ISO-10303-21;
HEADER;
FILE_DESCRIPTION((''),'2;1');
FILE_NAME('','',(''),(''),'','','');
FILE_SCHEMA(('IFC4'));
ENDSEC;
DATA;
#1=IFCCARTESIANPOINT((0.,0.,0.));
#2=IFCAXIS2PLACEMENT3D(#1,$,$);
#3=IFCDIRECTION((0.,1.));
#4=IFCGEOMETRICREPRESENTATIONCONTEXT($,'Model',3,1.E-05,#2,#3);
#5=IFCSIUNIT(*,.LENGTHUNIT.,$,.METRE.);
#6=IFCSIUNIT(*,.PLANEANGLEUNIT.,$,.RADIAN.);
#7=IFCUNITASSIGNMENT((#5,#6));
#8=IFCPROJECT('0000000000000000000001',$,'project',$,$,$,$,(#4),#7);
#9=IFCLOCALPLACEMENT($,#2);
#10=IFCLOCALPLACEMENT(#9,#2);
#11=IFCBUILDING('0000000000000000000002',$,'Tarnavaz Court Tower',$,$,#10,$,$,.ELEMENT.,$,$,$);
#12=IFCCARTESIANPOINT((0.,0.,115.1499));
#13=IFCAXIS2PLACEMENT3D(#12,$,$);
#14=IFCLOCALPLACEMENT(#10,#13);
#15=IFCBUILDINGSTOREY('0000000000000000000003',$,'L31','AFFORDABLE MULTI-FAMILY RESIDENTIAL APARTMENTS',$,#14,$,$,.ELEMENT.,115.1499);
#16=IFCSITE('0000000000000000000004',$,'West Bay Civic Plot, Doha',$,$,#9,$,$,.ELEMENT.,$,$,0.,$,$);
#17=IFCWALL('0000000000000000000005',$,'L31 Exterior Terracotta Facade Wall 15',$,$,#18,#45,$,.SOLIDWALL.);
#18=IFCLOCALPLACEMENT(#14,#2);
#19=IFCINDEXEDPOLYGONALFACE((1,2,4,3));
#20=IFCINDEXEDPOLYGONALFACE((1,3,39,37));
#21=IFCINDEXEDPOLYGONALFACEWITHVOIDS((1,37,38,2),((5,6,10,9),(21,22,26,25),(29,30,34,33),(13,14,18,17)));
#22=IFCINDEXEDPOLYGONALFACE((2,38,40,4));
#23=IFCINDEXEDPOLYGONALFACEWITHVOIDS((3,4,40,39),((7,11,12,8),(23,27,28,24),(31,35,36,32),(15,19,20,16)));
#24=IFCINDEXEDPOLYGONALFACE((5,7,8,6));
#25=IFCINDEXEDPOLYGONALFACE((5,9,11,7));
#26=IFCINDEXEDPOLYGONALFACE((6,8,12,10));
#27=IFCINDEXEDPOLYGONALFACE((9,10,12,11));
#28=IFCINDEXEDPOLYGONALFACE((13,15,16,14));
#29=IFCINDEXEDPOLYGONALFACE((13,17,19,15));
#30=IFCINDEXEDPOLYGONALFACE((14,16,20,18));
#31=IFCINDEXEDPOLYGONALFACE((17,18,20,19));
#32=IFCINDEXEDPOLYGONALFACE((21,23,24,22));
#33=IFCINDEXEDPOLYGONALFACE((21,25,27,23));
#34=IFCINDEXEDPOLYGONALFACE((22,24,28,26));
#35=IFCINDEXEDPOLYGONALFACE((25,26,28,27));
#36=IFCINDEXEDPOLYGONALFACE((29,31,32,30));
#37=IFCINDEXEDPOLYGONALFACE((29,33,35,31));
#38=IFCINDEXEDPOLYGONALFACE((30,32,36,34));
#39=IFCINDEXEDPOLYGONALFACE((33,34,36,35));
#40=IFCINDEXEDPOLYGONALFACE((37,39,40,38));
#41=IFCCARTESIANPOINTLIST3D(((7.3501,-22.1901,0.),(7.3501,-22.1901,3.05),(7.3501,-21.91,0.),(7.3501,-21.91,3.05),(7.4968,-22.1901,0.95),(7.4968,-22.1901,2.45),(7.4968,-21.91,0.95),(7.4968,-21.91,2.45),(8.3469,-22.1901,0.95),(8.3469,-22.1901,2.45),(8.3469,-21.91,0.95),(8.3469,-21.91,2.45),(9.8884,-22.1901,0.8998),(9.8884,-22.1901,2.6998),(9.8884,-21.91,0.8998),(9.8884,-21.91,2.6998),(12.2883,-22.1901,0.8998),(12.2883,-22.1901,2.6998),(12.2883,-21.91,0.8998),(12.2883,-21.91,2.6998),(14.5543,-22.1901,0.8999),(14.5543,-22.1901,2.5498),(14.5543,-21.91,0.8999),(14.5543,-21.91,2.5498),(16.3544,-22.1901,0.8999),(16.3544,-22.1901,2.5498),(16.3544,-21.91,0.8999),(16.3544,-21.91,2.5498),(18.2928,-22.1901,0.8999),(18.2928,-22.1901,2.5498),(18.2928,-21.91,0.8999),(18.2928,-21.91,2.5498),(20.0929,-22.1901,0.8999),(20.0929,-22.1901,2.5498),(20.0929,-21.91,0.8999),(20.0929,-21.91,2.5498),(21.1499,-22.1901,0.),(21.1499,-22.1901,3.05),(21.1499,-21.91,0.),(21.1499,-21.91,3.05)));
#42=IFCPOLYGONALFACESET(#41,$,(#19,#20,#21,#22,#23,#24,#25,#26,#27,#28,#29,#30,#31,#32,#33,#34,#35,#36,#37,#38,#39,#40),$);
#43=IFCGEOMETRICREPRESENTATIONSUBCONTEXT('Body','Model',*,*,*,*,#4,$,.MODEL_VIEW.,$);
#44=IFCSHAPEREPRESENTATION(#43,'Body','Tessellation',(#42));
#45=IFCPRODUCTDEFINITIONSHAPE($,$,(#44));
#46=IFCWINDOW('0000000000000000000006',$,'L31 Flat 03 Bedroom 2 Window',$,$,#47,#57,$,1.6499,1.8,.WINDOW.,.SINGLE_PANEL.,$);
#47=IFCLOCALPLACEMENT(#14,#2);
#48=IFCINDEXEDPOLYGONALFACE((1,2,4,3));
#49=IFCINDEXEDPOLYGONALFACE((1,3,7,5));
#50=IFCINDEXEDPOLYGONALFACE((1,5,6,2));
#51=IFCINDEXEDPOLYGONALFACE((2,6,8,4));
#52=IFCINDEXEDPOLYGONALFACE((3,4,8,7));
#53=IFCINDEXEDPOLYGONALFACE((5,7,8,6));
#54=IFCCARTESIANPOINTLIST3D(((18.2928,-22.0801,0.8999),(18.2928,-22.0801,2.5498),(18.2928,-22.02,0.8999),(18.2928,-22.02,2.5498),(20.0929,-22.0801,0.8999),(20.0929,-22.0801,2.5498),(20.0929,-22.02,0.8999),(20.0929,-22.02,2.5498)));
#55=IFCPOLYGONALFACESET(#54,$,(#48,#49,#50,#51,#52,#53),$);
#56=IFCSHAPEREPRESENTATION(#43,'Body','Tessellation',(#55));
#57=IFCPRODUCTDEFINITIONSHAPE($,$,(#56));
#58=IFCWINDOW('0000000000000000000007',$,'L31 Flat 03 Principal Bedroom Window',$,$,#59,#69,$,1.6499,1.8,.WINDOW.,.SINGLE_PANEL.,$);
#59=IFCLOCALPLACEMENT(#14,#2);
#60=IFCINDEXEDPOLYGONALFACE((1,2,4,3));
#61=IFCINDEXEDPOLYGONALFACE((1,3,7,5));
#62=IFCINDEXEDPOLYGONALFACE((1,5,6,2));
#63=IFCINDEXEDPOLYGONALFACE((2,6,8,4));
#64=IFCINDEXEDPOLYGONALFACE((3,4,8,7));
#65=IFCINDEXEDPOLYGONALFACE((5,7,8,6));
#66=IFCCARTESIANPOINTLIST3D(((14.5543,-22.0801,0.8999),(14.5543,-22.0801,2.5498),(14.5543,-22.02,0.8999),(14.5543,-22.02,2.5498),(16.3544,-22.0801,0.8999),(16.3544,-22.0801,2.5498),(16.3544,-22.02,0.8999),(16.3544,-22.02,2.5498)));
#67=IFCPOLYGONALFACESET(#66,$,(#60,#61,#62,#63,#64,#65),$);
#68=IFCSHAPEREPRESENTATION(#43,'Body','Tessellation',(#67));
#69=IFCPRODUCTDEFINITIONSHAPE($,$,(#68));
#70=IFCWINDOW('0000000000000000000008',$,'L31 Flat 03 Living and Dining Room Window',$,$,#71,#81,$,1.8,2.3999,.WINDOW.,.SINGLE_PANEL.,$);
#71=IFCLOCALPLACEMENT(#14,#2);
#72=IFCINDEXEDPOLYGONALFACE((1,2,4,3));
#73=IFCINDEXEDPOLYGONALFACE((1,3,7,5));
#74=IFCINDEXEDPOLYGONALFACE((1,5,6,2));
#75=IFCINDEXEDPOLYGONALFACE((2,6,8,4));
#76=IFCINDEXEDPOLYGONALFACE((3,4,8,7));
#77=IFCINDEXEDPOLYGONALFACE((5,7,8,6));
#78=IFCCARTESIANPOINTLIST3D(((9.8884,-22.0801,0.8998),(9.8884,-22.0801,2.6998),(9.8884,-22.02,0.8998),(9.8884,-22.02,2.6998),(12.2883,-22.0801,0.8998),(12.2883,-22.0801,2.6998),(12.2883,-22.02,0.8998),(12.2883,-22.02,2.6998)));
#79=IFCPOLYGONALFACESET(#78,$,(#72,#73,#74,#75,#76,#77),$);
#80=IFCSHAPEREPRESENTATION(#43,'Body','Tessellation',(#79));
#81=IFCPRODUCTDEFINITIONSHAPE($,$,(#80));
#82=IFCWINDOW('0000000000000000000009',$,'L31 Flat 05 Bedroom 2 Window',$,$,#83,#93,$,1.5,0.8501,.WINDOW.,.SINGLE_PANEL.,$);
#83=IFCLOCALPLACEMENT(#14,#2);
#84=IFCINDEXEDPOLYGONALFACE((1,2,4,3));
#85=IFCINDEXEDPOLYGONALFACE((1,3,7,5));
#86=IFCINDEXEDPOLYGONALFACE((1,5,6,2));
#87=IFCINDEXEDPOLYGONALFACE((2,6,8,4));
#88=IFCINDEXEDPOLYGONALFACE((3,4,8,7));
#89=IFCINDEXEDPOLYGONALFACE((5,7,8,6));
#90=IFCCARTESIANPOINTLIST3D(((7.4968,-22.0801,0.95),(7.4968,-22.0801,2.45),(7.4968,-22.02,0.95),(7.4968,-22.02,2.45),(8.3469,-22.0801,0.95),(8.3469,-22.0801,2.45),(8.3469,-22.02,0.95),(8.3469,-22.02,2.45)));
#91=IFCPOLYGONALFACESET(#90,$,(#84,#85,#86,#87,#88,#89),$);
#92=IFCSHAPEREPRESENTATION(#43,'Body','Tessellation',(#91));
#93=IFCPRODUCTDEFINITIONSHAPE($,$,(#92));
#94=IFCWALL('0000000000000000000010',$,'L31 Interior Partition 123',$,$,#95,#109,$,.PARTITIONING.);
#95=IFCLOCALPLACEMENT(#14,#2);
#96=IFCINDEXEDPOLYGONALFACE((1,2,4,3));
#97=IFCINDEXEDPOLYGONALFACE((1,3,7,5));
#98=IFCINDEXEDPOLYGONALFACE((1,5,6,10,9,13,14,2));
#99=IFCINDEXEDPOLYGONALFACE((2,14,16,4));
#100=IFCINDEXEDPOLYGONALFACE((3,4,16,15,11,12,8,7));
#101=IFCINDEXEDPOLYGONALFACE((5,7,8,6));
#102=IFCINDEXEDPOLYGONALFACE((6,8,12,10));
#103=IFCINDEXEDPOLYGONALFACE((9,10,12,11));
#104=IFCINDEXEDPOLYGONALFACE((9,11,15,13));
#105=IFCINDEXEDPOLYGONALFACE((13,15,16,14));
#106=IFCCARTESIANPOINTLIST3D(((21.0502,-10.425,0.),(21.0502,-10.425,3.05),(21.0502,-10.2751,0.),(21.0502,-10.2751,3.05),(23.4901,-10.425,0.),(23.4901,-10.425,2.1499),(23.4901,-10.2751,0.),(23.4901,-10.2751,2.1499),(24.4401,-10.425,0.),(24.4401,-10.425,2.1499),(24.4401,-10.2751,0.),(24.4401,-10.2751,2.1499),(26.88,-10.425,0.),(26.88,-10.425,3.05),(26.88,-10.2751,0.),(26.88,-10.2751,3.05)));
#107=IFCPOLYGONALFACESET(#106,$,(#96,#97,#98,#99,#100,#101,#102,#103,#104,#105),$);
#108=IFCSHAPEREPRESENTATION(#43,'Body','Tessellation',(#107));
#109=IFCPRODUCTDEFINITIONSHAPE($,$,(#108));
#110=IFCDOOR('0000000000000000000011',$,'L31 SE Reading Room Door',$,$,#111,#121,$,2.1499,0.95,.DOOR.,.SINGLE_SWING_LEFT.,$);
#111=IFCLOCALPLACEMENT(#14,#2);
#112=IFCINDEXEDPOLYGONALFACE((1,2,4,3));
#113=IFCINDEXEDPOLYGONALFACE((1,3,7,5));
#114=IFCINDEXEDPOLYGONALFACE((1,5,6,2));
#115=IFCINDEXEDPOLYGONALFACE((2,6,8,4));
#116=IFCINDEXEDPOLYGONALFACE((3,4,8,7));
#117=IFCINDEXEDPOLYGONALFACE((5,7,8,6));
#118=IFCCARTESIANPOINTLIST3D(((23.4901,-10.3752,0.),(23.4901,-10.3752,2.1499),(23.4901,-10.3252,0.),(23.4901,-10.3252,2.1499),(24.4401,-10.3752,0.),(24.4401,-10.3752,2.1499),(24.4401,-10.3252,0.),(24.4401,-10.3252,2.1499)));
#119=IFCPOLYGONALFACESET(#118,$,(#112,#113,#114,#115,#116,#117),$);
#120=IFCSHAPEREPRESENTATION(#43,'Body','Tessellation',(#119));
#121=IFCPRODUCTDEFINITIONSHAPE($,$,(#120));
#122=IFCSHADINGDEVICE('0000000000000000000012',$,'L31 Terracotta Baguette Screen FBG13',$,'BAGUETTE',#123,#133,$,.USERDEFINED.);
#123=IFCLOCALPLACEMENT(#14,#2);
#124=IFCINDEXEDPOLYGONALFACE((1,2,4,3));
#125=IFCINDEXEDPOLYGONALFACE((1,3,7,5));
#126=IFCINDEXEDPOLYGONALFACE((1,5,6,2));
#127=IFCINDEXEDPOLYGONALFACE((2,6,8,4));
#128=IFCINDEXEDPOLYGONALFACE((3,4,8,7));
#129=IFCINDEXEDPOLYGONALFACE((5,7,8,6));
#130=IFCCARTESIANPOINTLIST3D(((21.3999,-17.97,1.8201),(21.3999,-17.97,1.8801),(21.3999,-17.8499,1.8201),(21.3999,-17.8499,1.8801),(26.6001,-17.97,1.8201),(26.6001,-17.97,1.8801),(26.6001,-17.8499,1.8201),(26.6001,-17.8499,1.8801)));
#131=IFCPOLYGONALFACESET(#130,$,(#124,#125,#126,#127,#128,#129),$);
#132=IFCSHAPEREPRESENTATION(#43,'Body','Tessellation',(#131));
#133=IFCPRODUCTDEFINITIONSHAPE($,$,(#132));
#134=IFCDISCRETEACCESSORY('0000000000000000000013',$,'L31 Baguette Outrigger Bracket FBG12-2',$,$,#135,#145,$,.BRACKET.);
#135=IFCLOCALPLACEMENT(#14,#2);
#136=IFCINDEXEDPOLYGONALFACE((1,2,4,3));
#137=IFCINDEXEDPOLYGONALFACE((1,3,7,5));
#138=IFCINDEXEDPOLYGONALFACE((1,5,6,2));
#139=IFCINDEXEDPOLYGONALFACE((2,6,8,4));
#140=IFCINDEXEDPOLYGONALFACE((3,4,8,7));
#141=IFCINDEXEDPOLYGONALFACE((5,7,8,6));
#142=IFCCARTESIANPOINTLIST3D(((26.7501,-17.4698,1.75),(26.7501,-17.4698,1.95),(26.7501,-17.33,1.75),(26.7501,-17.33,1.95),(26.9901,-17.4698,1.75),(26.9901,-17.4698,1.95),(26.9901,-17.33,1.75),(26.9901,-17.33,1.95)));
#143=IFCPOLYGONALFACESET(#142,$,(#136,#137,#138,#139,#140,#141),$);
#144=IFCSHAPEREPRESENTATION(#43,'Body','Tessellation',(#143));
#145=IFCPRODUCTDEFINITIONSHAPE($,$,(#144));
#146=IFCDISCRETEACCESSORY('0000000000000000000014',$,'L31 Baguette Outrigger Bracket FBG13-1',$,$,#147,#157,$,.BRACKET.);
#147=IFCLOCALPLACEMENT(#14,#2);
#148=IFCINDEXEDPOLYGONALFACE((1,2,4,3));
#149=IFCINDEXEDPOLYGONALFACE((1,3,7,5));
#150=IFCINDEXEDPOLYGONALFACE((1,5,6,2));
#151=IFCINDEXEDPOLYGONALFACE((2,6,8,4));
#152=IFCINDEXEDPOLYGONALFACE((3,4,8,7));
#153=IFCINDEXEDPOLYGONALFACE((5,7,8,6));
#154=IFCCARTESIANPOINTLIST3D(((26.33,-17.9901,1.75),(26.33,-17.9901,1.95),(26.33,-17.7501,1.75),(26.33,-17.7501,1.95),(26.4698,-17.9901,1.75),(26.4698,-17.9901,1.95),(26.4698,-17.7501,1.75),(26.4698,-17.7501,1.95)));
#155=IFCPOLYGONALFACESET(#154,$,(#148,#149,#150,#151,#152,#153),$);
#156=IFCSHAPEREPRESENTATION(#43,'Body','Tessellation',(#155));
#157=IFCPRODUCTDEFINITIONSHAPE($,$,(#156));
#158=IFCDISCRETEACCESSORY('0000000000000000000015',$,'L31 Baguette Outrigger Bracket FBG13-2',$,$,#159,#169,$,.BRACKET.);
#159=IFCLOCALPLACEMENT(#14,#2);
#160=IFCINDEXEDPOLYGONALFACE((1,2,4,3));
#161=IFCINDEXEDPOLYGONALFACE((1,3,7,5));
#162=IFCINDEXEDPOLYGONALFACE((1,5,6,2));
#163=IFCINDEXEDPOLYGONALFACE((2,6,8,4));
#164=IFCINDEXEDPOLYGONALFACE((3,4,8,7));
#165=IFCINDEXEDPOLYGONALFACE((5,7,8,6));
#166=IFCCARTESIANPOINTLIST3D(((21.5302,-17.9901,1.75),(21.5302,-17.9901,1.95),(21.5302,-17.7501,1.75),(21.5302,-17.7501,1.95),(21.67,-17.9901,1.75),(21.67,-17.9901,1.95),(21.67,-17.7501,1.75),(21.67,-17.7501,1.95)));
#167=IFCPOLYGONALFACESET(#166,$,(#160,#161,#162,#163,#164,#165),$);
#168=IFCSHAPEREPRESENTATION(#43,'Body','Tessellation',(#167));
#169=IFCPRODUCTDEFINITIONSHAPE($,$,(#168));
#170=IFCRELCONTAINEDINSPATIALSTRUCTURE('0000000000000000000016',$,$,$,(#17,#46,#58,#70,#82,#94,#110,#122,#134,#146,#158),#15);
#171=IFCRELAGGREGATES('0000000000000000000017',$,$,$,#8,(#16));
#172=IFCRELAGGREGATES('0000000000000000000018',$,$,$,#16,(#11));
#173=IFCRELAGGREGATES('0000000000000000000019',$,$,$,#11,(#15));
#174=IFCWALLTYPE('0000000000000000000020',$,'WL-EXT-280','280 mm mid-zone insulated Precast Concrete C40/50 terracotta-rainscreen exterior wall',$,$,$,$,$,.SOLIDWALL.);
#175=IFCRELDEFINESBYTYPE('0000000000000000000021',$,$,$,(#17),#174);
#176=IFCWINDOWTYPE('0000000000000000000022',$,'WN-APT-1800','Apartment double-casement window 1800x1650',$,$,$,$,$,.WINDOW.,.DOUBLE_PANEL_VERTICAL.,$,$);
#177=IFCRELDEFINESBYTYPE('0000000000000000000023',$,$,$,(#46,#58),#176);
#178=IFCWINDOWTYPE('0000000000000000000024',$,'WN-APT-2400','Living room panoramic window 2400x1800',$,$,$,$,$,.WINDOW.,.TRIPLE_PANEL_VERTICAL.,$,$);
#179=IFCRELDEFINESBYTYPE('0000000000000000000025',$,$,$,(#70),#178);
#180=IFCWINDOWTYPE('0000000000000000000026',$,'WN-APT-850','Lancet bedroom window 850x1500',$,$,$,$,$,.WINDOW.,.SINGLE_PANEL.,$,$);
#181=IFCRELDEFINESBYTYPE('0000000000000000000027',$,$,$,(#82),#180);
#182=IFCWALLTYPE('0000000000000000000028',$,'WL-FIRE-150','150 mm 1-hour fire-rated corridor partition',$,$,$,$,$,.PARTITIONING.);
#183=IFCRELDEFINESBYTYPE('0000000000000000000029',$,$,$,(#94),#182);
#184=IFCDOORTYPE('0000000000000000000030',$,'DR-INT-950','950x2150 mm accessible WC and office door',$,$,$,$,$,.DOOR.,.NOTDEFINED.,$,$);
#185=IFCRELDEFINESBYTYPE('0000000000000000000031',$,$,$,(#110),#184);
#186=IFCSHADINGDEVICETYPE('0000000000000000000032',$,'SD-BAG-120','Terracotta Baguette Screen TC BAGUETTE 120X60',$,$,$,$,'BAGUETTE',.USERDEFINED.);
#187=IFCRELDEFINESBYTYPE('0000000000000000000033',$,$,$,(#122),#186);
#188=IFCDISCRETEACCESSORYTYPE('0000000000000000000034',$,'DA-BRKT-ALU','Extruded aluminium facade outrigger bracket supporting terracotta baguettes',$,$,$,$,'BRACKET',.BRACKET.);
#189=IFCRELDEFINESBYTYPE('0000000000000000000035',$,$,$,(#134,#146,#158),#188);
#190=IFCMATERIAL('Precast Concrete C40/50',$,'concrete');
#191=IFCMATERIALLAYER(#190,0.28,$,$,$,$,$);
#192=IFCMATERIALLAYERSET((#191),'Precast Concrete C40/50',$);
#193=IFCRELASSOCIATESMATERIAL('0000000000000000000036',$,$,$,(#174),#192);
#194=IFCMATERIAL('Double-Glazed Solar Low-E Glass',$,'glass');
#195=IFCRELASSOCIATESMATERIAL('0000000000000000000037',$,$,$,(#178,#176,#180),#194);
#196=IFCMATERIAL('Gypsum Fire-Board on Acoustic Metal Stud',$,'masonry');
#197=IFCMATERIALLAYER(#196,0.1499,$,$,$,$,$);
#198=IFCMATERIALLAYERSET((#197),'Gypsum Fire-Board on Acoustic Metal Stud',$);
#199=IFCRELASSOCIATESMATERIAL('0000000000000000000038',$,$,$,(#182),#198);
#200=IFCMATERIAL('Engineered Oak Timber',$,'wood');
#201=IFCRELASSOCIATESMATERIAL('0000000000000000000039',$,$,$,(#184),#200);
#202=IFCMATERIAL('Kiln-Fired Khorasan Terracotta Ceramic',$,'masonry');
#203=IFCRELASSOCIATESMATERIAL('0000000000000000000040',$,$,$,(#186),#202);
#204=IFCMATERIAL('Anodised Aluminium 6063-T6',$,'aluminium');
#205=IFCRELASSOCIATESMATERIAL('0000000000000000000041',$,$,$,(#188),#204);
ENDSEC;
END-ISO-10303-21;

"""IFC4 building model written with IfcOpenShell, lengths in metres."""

from ifc_helpers import new_model, si_unit, direction, frame, frame_2d, origin, origin_2d, place, context, subcontext, project, spatial, rectangle, extrude, material, layer, layer_set, material_profile, profile_set, type_object, element, fill, save


model = new_model("IFC4")

# Units and contexts
model_context = context("Model", 3, precision=1e-05, world=origin(), true_north=direction((0.0, 1.0)))
body_context = subcontext(model_context, "Body", "Model", "MODEL_VIEW")
ifc_project = project(units=[si_unit("LENGTHUNIT", "METRE"), si_unit("PLANEANGLEUNIT", "RADIAN")], contexts=[model_context])

# Site, building, storey
site_placement = place(None, origin())
site = spatial("IfcSite", under=ifc_project, at=site_placement, Name="West Bay Civic Plot, Doha", CompositionType="ELEMENT", RefElevation=0.0)
building_placement = place(site_placement, origin())
building = spatial("IfcBuilding", under=site, at=building_placement, Name="Tarnavaz Court Tower", CompositionType="ELEMENT")
storey_placement = place(building_placement, frame((0.0, 0.0, 115.1499)))
storey = spatial("IfcBuildingStorey", under=building, at=storey_placement, Name="L31", Description="AFFORDABLE MULTI-FAMILY RESIDENTIAL APARTMENTS", CompositionType="ELEMENT", Elevation=115.1499)

# Shared definitions
ifc_material_1 = material(Name="Precast Concrete C40/50", Category="concrete")
ifc_layer_1 = layer(ifc_material_1, 0.28)
ifc_layer_set_1 = layer_set([ifc_layer_1], Name="Precast Concrete C40/50")
wall_type_1 = type_object("IfcWallType", Name="WL-EXT-280", Description="280 mm mid-zone insulated Precast Concrete C40/50 terracotta-rainscreen exterior wall", PredefinedType="SOLIDWALL", material=ifc_layer_set_1)
ifc_material_2 = material(Name="Double-Glazed Solar Low-E Glass", Category="glass")
window_type_1 = type_object("IfcWindowType", Name="WN-APT-2400", Description="Living room panoramic window 2400x1800", PartitioningType="TRIPLE_PANEL_VERTICAL", PredefinedType="WINDOW", material=ifc_material_2)
window_type_2 = type_object("IfcWindowType", Name="WN-APT-1800", Description="Apartment double-casement window 1800x1650", PartitioningType="DOUBLE_PANEL_VERTICAL", PredefinedType="WINDOW", material=ifc_material_2)

# Wall, openings, windows
wall_1_placement = place(storey_placement, frame((21.1499, -22.05, 0.0), z_axis=(0.0, 0.0, 1.0), x_axis=(-1.0, 0.0, 0.0)))
wall_1 = element("IfcWall", 1, at=wall_1_placement, inside=storey, type_object=wall_type_1, Name="L31 Exterior Terracotta Facade Wall 15", PredefinedType="SOLIDWALL", context=body_context, shape_type="SweptSolid", body=[
    extrude(rectangle(XDim=13.7998, YDim=0.28, at=frame_2d((6.8999, 0.0))), origin(), (0.0, 0.0, 1.0), 3.05),
])
opening_1_placement = place(wall_1_placement, frame((1.0571, 0.0, 0.8999)))
opening_1 = element("IfcOpeningElement", 2, at=opening_1_placement, cuts=wall_1, PredefinedType="OPENING", context=body_context, shape_type="SweptSolid", body=[
    extrude(rectangle(XDim=1.8, YDim=1.6499, at=frame_2d((0.8999, 0.825))), frame((0.0, 0.1499, 0.0), z_axis=(0.0, -1.0, 0.0), x_axis=(1.0, 0.0, 0.0)), (0.0, 0.0, 1.0), 0.3),
])
opening_2_placement = place(wall_1_placement, frame((4.7957, 0.0, 0.8999)))
opening_2 = element("IfcOpeningElement", 3, at=opening_2_placement, cuts=wall_1, PredefinedType="OPENING", context=body_context, shape_type="SweptSolid", body=[
    extrude(rectangle(XDim=1.8, YDim=1.6499, at=frame_2d((0.8999, 0.825))), frame((0.0, 0.1499, 0.0), z_axis=(0.0, -1.0, 0.0), x_axis=(1.0, 0.0, 0.0)), (0.0, 0.0, 1.0), 0.3),
])
opening_3_placement = place(wall_1_placement, frame((8.8616, 0.0, 0.8999)))
opening_3 = element("IfcOpeningElement", 4, at=opening_3_placement, cuts=wall_1, PredefinedType="OPENING", context=body_context, shape_type="SweptSolid", body=[
    extrude(rectangle(XDim=2.3999, YDim=1.8, at=frame_2d((1.2, 0.8999))), frame((0.0, 0.1499, 0.0), z_axis=(0.0, -1.0, 0.0), x_axis=(1.0, 0.0, 0.0)), (0.0, 0.0, 1.0), 0.3),
])
opening_4_placement = place(wall_1_placement, frame((12.803, 0.0, 0.95)))
opening_4 = element("IfcOpeningElement", 5, at=opening_4_placement, cuts=wall_1, PredefinedType="OPENING", context=body_context, shape_type="SweptSolid", body=[
    extrude(rectangle(XDim=0.8501, YDim=1.5, at=frame_2d((0.425, 0.75))), frame((0.0, 0.1499, 0.0), z_axis=(0.0, -1.0, 0.0), x_axis=(1.0, 0.0, 0.0)), (0.0, 0.0, 1.0), 0.3),
])
window_1_placement = place(opening_1_placement, origin())
window_1 = element("IfcWindow", 6, at=window_1_placement, inside=storey, type_object=window_type_2, Name="L31 Flat 03 Bedroom 2 Window", OverallHeight=1.6499, OverallWidth=1.8, PartitioningType="SINGLE_PANEL", PredefinedType="WINDOW", context=body_context, shape_type="SweptSolid", body=[
    extrude(rectangle(XDim=1.8, YDim=1.6499, at=frame_2d((0.8999, 0.825))), frame((0.0, 0.03, 0.0), z_axis=(0.0, -1.0, 0.0), x_axis=(1.0, 0.0, 0.0)), (0.0, 0.0, 1.0), 0.0601),
])
fill(opening_1, window_1)
window_2_placement = place(opening_2_placement, origin())
window_2 = element("IfcWindow", 7, at=window_2_placement, inside=storey, type_object=window_type_2, Name="L31 Flat 03 Principal Bedroom Window", OverallHeight=1.6499, OverallWidth=1.8, PartitioningType="SINGLE_PANEL", PredefinedType="WINDOW", context=body_context, shape_type="SweptSolid", body=[
    extrude(rectangle(XDim=1.8, YDim=1.6499, at=frame_2d((0.8999, 0.825))), frame((0.0, 0.03, 0.0), z_axis=(0.0, -1.0, 0.0), x_axis=(1.0, 0.0, 0.0)), (0.0, 0.0, 1.0), 0.0601),
])
fill(opening_2, window_2)
window_3_placement = place(opening_3_placement, origin())
window_3 = element("IfcWindow", 8, at=window_3_placement, inside=storey, type_object=window_type_1, Name="L31 Flat 03 Living and Dining Room Window", OverallHeight=1.8, OverallWidth=2.3999, PartitioningType="SINGLE_PANEL", PredefinedType="WINDOW", context=body_context, shape_type="SweptSolid", body=[
    extrude(rectangle(XDim=2.3999, YDim=1.8, at=frame_2d((1.2, 0.8999))), frame((0.0, 0.03, 0.0), z_axis=(0.0, -1.0, 0.0), x_axis=(1.0, 0.0, 0.0)), (0.0, 0.0, 1.0), 0.0601),
])
fill(opening_3, window_3)
window_type_3 = type_object("IfcWindowType", Name="WN-APT-850", Description="Lancet bedroom window 850x1500", PartitioningType="SINGLE_PANEL", PredefinedType="WINDOW", material=ifc_material_2)
window_4_placement = place(opening_4_placement, origin())
window_4 = element("IfcWindow", 9, at=window_4_placement, inside=storey, type_object=window_type_3, Name="L31 Flat 05 Bedroom 2 Window", OverallHeight=1.5, OverallWidth=0.8501, PartitioningType="SINGLE_PANEL", PredefinedType="WINDOW", context=body_context, shape_type="SweptSolid", body=[
    extrude(rectangle(XDim=0.8501, YDim=1.5, at=frame_2d((0.425, 0.75))), frame((0.0, 0.03, 0.0), z_axis=(0.0, -1.0, 0.0), x_axis=(1.0, 0.0, 0.0)), (0.0, 0.0, 1.0), 0.0601),
])
fill(opening_4, window_4)

# Wall, opening, door
ifc_material_3 = material(Name="Gypsum Fire-Board on Acoustic Metal Stud", Category="masonry")
ifc_layer_2 = layer(ifc_material_3, 0.1499)
ifc_layer_set_2 = layer_set([ifc_layer_2], Name="Gypsum Fire-Board on Acoustic Metal Stud")
wall_type_2 = type_object("IfcWallType", Name="WL-FIRE-150", Description="150 mm 1-hour fire-rated corridor partition", PredefinedType="PARTITIONING", material=ifc_layer_set_2)
wall_2_placement = place(storey_placement, frame((21.05, -10.3501, 0.0), z_axis=(0.0, 0.0, 1.0), x_axis=(1.0, 0.0, 0.0)))
wall_2 = element("IfcWall", 10, at=wall_2_placement, inside=storey, type_object=wall_type_2, Name="L31 Interior Partition 123", PredefinedType="PARTITIONING", context=body_context, shape_type="SweptSolid", body=[
    extrude(rectangle(XDim=5.8298, YDim=0.1499, at=frame_2d((2.915, 0.0))), origin(), (0.0, 0.0, 1.0), 3.05),
])
opening_5_placement = place(wall_2_placement, frame((2.4399, 0.0, 0.0)))
opening_5 = element("IfcOpeningElement", 11, at=opening_5_placement, cuts=wall_2, PredefinedType="OPENING", context=body_context, shape_type="SweptSolid", body=[
    extrude(rectangle(XDim=0.95, YDim=2.1499, at=frame_2d((0.4751, 1.075))), frame((0.0, 0.085, 0.0), z_axis=(0.0, -1.0, 0.0), x_axis=(1.0, 0.0, 0.0)), (0.0, 0.0, 1.0), 0.1699),
])
ifc_material_4 = material(Name="Engineered Oak Timber", Category="wood")
door_type = type_object("IfcDoorType", Name="DR-INT-950", Description="950x2150 mm accessible WC and office door", OperationType="NOTDEFINED", PredefinedType="DOOR", material=ifc_material_4)
door_placement = place(opening_5_placement, origin())
door = element("IfcDoor", 12, at=door_placement, inside=storey, type_object=door_type, Name="L31 SE Reading Room Door", OperationType="SINGLE_SWING_LEFT", OverallHeight=2.1499, OverallWidth=0.95, PredefinedType="DOOR", context=body_context, shape_type="SweptSolid", body=[
    extrude(rectangle(XDim=0.95, YDim=2.1499, at=frame_2d((0.4751, 1.075))), frame((0.0, 0.0249, 0.0), z_axis=(0.0, -1.0, 0.0), x_axis=(1.0, 0.0, 0.0)), (0.0, 0.0, 1.0), 0.05),
])
fill(opening_5, door)

# Shading device
ifc_material_5 = material(Name="Kiln-Fired Khorasan Terracotta Ceramic", Category="masonry")
ifc_material_profile_1 = material_profile(ifc_material_5, rectangle(XDim=0.1201, YDim=0.0601, at=origin_2d()), Name="TC BAGUETTE 120X60")
ifc_profile_set_1 = profile_set([ifc_material_profile_1], Name="Kiln-Fired Khorasan Terracotta Ceramic")
shading_device_type = type_object("IfcShadingDeviceType", Name="SD-BAG-120", Description="Terracotta Baguette Screen TC BAGUETTE 120X60", ElementType="BAGUETTE", PredefinedType="USERDEFINED", material=ifc_profile_set_1)
shading_device_placement = place(storey_placement, frame((26.6001, -17.9099, 1.8501), z_axis=(-1.0, 0.0, 0.0), x_axis=(0.0, -1.0, 0.0)))
element("IfcShadingDevice", 13, at=shading_device_placement, inside=storey, type_object=shading_device_type, Name="L31 Terracotta Baguette Screen FBG13", ObjectType="BAGUETTE", PredefinedType="USERDEFINED", context=body_context, shape_type="SweptSolid", body=[
    extrude(rectangle(XDim=0.1201, YDim=0.0601, at=origin_2d()), origin(), (0.0, 0.0, 1.0), 5.2002),
])

# Discrete accessories
ifc_material_6 = material(Name="Anodised Aluminium 6063-T6", Category="aluminium")
discrete_accessory_type = type_object("IfcDiscreteAccessoryType", Name="DA-BRKT-ALU", Description="Extruded aluminium facade outrigger bracket supporting terracotta baguettes", ElementType="BRACKET", PredefinedType="BRACKET", material=ifc_material_6)
for number, where, z_axis, x_axis, name in (
    (14, (26.8701, -17.3999, 1.75), (0.0, 0.0, 1.0), (0.0, -1.0, 0.0), "L31 Baguette Outrigger Bracket FBG12-2"),
    (15, (26.3999, -17.8701, 1.75), (0.0, 0.0, 1.0), (-1.0, 0.0, 0.0), "L31 Baguette Outrigger Bracket FBG13-1"),
    (16, (21.6001, -17.8701, 1.75), (0.0, 0.0, 1.0), (-1.0, 0.0, 0.0), "L31 Baguette Outrigger Bracket FBG13-2"),
):
    element("IfcDiscreteAccessory", number, at=place(storey_placement, frame(where, z_axis=z_axis, x_axis=x_axis)), inside=storey, type_object=discrete_accessory_type, Name=name, PredefinedType="BRACKET", context=body_context, shape_type="SweptSolid", body=[
        extrude(rectangle(XDim=0.1399, YDim=0.24, at=origin_2d()), origin(), (0.0, 0.0, 1.0), 0.2),
    ])

save(model, "model.ifc")
